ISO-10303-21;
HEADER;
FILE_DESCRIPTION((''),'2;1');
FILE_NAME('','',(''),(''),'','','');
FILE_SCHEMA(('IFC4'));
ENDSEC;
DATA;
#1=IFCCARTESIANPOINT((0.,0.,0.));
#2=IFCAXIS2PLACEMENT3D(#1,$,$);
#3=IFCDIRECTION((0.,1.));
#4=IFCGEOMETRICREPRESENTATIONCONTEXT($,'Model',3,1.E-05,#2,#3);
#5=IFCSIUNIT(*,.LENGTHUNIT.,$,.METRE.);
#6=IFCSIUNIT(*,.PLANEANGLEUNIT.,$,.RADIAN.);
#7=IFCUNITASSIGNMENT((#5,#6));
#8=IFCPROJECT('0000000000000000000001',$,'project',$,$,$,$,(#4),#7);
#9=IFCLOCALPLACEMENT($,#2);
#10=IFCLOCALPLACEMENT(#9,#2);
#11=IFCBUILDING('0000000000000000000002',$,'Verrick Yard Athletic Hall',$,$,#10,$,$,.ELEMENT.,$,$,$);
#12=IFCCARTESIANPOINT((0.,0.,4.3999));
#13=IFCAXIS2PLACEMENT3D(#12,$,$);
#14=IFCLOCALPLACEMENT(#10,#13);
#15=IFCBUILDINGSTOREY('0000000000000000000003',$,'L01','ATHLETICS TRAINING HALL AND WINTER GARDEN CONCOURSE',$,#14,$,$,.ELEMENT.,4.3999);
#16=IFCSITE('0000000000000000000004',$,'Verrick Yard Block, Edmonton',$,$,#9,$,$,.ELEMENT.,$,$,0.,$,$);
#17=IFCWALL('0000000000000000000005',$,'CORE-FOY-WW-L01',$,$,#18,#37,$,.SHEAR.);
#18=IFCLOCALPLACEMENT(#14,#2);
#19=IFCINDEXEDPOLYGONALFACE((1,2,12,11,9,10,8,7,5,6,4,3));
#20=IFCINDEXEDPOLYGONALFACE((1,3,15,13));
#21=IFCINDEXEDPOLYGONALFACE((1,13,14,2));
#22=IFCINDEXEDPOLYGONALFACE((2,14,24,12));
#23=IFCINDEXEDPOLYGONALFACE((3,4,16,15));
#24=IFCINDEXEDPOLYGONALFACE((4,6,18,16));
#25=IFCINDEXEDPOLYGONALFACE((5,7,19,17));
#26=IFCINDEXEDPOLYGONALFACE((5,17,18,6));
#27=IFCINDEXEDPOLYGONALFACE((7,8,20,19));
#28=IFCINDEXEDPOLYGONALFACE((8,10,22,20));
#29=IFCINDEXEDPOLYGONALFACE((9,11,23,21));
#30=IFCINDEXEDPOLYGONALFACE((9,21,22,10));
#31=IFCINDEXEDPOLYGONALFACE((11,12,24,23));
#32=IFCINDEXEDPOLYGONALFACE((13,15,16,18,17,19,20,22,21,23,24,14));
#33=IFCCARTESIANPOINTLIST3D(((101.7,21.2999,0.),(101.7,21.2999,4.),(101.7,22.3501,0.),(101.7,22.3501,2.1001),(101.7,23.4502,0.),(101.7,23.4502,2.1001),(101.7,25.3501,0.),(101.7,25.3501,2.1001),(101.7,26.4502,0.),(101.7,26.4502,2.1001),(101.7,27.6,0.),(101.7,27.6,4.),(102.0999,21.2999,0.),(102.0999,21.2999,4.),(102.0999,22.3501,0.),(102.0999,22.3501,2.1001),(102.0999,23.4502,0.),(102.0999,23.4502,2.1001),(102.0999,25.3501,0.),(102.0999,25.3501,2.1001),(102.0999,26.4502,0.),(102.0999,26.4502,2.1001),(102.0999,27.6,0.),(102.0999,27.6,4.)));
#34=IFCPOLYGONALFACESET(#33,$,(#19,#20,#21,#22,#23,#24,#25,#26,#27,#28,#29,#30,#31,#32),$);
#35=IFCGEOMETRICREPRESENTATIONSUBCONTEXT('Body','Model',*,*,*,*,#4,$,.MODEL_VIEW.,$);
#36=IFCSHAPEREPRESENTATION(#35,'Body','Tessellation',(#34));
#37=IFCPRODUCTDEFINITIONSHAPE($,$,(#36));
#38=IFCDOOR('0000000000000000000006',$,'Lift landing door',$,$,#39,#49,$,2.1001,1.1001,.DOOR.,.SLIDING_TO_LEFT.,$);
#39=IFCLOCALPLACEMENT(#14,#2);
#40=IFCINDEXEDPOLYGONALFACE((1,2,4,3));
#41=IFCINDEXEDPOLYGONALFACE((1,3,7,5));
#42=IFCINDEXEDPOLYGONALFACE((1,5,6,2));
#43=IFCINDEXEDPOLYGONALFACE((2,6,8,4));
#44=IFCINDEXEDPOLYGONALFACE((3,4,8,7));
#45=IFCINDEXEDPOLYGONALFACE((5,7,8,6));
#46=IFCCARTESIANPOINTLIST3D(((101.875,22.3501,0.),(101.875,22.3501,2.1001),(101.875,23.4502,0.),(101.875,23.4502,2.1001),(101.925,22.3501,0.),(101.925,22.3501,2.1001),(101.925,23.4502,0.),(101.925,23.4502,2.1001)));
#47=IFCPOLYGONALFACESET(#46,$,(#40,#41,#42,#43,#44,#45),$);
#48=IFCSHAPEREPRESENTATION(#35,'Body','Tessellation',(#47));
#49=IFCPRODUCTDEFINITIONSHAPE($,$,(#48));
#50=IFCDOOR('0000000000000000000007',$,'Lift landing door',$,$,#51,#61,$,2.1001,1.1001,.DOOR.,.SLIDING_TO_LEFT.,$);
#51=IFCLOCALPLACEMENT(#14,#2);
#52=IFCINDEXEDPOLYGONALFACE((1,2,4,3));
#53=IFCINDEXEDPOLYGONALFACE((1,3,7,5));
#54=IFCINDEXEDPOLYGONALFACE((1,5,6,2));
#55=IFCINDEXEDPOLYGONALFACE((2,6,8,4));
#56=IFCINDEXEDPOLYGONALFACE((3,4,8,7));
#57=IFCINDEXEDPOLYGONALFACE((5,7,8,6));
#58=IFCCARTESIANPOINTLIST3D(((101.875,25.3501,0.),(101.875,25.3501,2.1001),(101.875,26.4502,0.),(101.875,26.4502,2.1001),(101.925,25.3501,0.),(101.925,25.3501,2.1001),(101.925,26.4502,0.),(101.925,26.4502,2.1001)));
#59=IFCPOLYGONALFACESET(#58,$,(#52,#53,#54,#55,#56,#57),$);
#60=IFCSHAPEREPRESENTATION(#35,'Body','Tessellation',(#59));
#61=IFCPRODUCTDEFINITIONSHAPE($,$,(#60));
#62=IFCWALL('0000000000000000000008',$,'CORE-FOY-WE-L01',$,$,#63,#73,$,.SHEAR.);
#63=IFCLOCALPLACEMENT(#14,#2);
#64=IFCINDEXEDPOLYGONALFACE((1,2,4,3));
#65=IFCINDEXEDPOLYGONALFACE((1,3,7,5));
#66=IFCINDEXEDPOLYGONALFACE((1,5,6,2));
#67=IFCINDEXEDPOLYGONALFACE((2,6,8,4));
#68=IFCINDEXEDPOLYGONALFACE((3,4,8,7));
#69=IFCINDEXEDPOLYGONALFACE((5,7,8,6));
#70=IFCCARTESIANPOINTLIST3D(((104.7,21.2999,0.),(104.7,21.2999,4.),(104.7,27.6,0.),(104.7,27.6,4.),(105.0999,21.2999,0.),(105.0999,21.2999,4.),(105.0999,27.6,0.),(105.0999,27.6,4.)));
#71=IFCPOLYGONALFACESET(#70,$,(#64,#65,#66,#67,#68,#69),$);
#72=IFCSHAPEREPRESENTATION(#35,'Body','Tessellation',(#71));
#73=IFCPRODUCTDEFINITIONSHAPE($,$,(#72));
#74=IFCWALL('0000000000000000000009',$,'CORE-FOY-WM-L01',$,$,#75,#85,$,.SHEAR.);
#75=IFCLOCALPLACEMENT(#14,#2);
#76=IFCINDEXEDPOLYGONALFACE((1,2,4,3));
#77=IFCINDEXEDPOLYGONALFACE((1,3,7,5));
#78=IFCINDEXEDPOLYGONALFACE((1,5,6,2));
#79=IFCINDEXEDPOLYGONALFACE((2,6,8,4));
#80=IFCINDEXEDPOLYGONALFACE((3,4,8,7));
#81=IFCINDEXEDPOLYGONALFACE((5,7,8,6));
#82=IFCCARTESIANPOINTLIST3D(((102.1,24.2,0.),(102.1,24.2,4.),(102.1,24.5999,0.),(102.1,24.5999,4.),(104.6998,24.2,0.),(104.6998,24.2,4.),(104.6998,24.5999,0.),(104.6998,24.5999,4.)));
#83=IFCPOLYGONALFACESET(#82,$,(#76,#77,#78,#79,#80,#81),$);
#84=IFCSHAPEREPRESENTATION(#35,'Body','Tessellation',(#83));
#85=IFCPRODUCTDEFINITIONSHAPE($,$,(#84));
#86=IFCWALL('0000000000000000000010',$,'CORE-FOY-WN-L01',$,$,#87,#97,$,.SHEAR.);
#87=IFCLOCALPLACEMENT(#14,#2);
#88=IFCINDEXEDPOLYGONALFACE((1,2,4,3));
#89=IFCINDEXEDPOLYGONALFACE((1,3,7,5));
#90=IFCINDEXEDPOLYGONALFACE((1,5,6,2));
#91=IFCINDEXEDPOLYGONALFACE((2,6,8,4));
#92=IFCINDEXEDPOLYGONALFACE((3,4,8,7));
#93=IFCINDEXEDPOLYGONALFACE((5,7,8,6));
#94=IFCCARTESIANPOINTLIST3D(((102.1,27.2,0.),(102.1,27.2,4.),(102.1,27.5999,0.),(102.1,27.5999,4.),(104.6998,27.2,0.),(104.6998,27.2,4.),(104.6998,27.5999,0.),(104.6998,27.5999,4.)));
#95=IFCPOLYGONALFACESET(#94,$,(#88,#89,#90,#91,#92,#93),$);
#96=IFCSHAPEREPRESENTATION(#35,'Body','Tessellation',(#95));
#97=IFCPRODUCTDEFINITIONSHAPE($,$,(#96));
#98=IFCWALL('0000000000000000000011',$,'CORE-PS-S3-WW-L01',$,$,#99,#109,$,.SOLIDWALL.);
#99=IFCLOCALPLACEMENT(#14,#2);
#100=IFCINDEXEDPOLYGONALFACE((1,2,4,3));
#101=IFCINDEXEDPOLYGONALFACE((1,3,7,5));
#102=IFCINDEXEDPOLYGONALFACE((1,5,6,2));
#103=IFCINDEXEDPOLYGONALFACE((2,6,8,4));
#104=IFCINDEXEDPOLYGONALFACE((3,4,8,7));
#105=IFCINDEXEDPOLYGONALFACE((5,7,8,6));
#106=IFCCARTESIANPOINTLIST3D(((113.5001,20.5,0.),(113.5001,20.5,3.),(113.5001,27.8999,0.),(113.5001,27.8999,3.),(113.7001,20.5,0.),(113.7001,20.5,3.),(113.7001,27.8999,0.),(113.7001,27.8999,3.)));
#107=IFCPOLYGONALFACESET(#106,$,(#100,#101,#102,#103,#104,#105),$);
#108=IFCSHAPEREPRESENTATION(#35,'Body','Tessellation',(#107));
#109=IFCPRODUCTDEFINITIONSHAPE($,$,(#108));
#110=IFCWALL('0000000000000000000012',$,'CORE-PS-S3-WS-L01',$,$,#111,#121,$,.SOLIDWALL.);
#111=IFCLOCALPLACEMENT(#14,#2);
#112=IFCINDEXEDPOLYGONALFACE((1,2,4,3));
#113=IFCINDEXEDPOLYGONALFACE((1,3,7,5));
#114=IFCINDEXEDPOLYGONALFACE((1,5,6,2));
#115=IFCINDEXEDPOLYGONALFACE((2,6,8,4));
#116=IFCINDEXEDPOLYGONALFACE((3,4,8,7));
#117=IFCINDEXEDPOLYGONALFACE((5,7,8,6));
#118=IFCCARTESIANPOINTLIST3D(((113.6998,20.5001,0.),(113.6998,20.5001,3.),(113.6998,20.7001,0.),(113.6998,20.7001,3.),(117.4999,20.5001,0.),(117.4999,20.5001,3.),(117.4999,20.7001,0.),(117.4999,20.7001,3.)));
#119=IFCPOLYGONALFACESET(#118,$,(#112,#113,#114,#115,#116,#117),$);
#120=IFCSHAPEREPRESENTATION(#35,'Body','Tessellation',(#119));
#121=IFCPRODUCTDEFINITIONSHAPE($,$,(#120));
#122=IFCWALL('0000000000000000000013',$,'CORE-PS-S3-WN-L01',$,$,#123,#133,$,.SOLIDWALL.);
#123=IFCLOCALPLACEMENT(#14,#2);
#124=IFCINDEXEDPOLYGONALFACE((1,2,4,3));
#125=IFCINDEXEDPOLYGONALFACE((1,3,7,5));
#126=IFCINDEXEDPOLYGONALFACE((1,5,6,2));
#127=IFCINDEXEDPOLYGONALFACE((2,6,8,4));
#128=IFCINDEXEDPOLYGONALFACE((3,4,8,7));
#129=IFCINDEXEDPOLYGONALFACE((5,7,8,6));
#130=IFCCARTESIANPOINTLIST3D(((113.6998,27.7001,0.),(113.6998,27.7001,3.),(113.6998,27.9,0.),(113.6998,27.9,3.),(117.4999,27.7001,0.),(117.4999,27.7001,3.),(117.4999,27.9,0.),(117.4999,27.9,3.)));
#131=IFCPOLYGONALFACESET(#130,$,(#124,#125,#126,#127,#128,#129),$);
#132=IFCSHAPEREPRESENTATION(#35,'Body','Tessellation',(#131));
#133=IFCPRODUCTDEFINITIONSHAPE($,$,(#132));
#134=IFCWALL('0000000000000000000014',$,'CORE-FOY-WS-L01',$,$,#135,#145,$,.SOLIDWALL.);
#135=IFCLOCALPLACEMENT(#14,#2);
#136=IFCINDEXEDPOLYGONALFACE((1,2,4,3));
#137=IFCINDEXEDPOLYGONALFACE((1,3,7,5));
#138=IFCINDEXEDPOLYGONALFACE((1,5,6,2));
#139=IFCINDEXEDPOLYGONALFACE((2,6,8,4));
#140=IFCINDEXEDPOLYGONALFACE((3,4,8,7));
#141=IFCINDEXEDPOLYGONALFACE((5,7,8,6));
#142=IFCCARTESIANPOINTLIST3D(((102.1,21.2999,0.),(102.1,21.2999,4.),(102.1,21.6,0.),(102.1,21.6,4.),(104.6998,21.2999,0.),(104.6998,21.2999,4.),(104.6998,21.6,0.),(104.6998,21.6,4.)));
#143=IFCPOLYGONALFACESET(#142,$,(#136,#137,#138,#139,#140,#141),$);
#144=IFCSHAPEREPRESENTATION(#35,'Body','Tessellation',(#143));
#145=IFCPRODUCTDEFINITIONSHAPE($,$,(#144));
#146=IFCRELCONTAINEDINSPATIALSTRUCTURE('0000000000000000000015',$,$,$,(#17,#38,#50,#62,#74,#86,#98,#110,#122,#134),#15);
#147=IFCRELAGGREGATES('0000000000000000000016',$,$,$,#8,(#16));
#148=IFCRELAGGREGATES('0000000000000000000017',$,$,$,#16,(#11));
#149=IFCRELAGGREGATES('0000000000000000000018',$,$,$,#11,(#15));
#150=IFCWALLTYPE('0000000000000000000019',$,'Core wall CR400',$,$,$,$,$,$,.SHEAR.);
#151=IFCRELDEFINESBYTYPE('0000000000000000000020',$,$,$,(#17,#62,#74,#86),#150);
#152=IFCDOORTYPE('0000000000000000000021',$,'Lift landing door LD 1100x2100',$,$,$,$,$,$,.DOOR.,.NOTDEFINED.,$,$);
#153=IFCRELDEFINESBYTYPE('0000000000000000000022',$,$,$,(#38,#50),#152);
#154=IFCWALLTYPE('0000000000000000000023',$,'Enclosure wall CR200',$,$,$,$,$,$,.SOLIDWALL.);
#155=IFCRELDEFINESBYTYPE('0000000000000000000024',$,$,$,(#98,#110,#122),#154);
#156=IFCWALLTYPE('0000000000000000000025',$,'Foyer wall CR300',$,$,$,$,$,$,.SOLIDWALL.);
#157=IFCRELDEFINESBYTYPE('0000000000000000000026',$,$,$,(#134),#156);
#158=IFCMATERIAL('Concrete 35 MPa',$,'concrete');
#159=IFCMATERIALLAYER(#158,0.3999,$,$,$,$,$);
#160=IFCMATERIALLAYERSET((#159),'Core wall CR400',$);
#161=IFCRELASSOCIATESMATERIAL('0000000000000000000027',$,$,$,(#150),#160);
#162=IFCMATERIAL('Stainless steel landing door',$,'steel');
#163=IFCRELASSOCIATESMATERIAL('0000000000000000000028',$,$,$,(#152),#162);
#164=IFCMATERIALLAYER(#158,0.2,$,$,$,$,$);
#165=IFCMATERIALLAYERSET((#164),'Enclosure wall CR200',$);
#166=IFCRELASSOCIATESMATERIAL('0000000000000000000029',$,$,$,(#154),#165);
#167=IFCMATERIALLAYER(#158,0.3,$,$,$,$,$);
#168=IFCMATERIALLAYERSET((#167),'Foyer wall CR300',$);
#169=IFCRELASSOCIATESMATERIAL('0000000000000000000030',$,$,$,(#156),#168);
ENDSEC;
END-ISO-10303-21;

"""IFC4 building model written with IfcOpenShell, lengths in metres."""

from ifc_helpers import new_model, si_unit, direction, frame, frame_2d, origin, place, context, subcontext, project, spatial, rectangle, extrude, material, layer, layer_set, type_object, element, fill, save


model = new_model("IFC4")

# Units and contexts
model_context = context("Model", 3, precision=1e-05, world=origin(), true_north=direction((0.0, 1.0)))
body_context = subcontext(model_context, "Body", "Model", "MODEL_VIEW")
ifc_project = project(units=[si_unit("LENGTHUNIT", "METRE"), si_unit("PLANEANGLEUNIT", "RADIAN")], contexts=[model_context])

# Site, building, storey
site_placement = place(None, origin())
site = spatial("IfcSite", under=ifc_project, at=site_placement, Name="Verrick Yard Block, Edmonton", CompositionType="ELEMENT", RefElevation=0.0)
building_placement = place(site_placement, origin())
building = spatial("IfcBuilding", under=site, at=building_placement, Name="Verrick Yard Athletic Hall", CompositionType="ELEMENT")
storey_placement = place(building_placement, frame((0.0, 0.0, 4.3999)))
storey = spatial("IfcBuildingStorey", under=building, at=storey_placement, Name="L01", Description="ATHLETICS TRAINING HALL AND WINTER GARDEN CONCOURSE", CompositionType="ELEMENT", Elevation=4.3999)

# Shared definitions
ifc_material_1 = material(Name="Concrete 35 MPa", Category="concrete")

# Wall, openings, doors
ifc_layer_1 = layer(ifc_material_1, 0.3999)
ifc_layer_set_1 = layer_set([ifc_layer_1], Name="Core wall CR400")
wall_type_1 = type_object("IfcWallType", Name="Core wall CR400", PredefinedType="SHEAR", material=ifc_layer_set_1)
wall_1_placement = place(storey_placement, frame((101.8999, 21.3, 0.0), z_axis=(0.0, 0.0, 1.0), x_axis=(0.0, 1.0, 0.0)))
wall_1 = element("IfcWall", 1, at=wall_1_placement, inside=storey, type_object=wall_type_1, Name="CORE-FOY-WW-L01", PredefinedType="SHEAR", context=body_context, shape_type="SweptSolid", body=[
    extrude(rectangle(XDim=6.3, YDim=0.3999, at=frame_2d((3.1499, 0.0))), origin(), (0.0, 0.0, 1.0), 4.0),
])
opening_1_placement = place(wall_1_placement, frame((1.05, 0.0, 0.0)))
opening_1 = element("IfcOpeningElement", 2, at=opening_1_placement, cuts=wall_1, PredefinedType="OPENING", context=body_context, shape_type="SweptSolid", body=[
    extrude(rectangle(XDim=1.1001, YDim=2.1001, at=frame_2d((0.55, 1.05))), frame((0.0, 0.21, 0.0), z_axis=(0.0, -1.0, 0.0), x_axis=(1.0, 0.0, 0.0)), (0.0, 0.0, 1.0), 0.4199),
])
opening_2_placement = place(wall_1_placement, frame((4.05, 0.0, 0.0)))
opening_2 = element("IfcOpeningElement", 3, at=opening_2_placement, cuts=wall_1, PredefinedType="OPENING", context=body_context, shape_type="SweptSolid", body=[
    extrude(rectangle(XDim=1.1001, YDim=2.1001, at=frame_2d((0.55, 1.05))), frame((0.0, 0.21, 0.0), z_axis=(0.0, -1.0, 0.0), x_axis=(1.0, 0.0, 0.0)), (0.0, 0.0, 1.0), 0.4199),
])
ifc_material_2 = material(Name="Stainless steel landing door", Category="steel")
door_type = type_object("IfcDoorType", Name="Lift landing door LD 1100x2100", OperationType="NOTDEFINED", PredefinedType="DOOR", material=ifc_material_2)
door_1_placement = place(opening_1_placement, origin())
door_1 = element("IfcDoor", 4, at=door_1_placement, inside=storey, type_object=door_type, Name="Lift landing door", OperationType="SLIDING_TO_LEFT", OverallHeight=2.1001, OverallWidth=1.1001, PredefinedType="DOOR", context=body_context, shape_type="SweptSolid", body=[
    extrude(rectangle(XDim=1.1001, YDim=2.1001, at=frame_2d((0.55, 1.05))), frame((0.0, 0.0249, 0.0), z_axis=(0.0, -1.0, 0.0), x_axis=(1.0, 0.0, 0.0)), (0.0, 0.0, 1.0), 0.05),
])
fill(opening_1, door_1)
door_2_placement = place(opening_2_placement, origin())
door_2 = element("IfcDoor", 5, at=door_2_placement, inside=storey, type_object=door_type, Name="Lift landing door", OperationType="SLIDING_TO_LEFT", OverallHeight=2.1001, OverallWidth=1.1001, PredefinedType="DOOR", context=body_context, shape_type="SweptSolid", body=[
    extrude(rectangle(XDim=1.1001, YDim=2.1001, at=frame_2d((0.55, 1.05))), frame((0.0, 0.0249, 0.0), z_axis=(0.0, -1.0, 0.0), x_axis=(1.0, 0.0, 0.0)), (0.0, 0.0, 1.0), 0.05),
])
fill(opening_2, door_2)

# Walls
wall_2_placement = place(storey_placement, frame((104.8999, 21.3, 0.0), z_axis=(0.0, 0.0, 1.0), x_axis=(0.0, 1.0, 0.0)))
element("IfcWall", 6, at=wall_2_placement, inside=storey, type_object=wall_type_1, Name="CORE-FOY-WE-L01", PredefinedType="SHEAR", context=body_context, shape_type="SweptSolid", body=[
    extrude(rectangle(XDim=6.3, YDim=0.3999, at=frame_2d((3.1499, 0.0))), origin(), (0.0, 0.0, 1.0), 4.0),
])
for number, where, z_axis, x_axis, name in (
    (7, (102.1001, 24.3999, 0.0), (0.0, 0.0, 1.0), (1.0, 0.0, 0.0), "CORE-FOY-WM-L01"),
    (8, (102.1001, 27.3999, 0.0), (0.0, 0.0, 1.0), (1.0, 0.0, 0.0), "CORE-FOY-WN-L01"),
):
    element("IfcWall", number, at=place(storey_placement, frame(where, z_axis=z_axis, x_axis=x_axis)), inside=storey, type_object=wall_type_1, Name=name, PredefinedType="SHEAR", context=body_context, shape_type="SweptSolid", body=[
        extrude(rectangle(XDim=2.5999, YDim=0.3999, at=frame_2d((1.2998, 0.0))), origin(), (0.0, 0.0, 1.0), 4.0),
    ])
ifc_layer_2 = layer(ifc_material_1, 0.2)
ifc_layer_set_2 = layer_set([ifc_layer_2], Name="Enclosure wall CR200")
wall_type_2 = type_object("IfcWallType", Name="Enclosure wall CR200", PredefinedType="SOLIDWALL", material=ifc_layer_set_2)
wall_3_placement = place(storey_placement, frame((113.6001, 20.5, 0.0), z_axis=(0.0, 0.0, 1.0), x_axis=(0.0, 1.0, 0.0)))
element("IfcWall", 9, at=wall_3_placement, inside=storey, type_object=wall_type_2, Name="CORE-PS-S3-WW-L01", PredefinedType="SOLIDWALL", context=body_context, shape_type="SweptSolid", body=[
    extrude(rectangle(XDim=7.3999, YDim=0.2, at=frame_2d((3.7, 0.0))), origin(), (0.0, 0.0, 1.0), 3.0),
])
for number, where, z_axis, x_axis, name in (
    (10, (113.7, 20.6001, 0.0), (0.0, 0.0, 1.0), (1.0, 0.0, 0.0), "CORE-PS-S3-WS-L01"),
    (11, (113.7, 27.8, 0.0), (0.0, 0.0, 1.0), (1.0, 0.0, 0.0), "CORE-PS-S3-WN-L01"),
):
    element("IfcWall", number, at=place(storey_placement, frame(where, z_axis=z_axis, x_axis=x_axis)), inside=storey, type_object=wall_type_2, Name=name, PredefinedType="SOLIDWALL", context=body_context, shape_type="SweptSolid", body=[
        extrude(rectangle(XDim=3.8, YDim=0.2, at=frame_2d((1.8999, 0.0))), origin(), (0.0, 0.0, 1.0), 3.0),
    ])
ifc_layer_3 = layer(ifc_material_1, 0.3)
ifc_layer_set_3 = layer_set([ifc_layer_3], Name="Foyer wall CR300")
wall_type_3 = type_object("IfcWallType", Name="Foyer wall CR300", PredefinedType="SOLIDWALL", material=ifc_layer_set_3)
wall_4_placement = place(storey_placement, frame((102.1001, 21.45, 0.0), z_axis=(0.0, 0.0, 1.0), x_axis=(1.0, 0.0, 0.0)))
element("IfcWall", 12, at=wall_4_placement, inside=storey, type_object=wall_type_3, Name="CORE-FOY-WS-L01", PredefinedType="SOLIDWALL", context=body_context, shape_type="SweptSolid", body=[
    extrude(rectangle(XDim=2.5999, YDim=0.3, at=frame_2d((1.2998, 0.0))), origin(), (0.0, 0.0, 1.0), 4.0),
])

save(model, "model.ifc")
